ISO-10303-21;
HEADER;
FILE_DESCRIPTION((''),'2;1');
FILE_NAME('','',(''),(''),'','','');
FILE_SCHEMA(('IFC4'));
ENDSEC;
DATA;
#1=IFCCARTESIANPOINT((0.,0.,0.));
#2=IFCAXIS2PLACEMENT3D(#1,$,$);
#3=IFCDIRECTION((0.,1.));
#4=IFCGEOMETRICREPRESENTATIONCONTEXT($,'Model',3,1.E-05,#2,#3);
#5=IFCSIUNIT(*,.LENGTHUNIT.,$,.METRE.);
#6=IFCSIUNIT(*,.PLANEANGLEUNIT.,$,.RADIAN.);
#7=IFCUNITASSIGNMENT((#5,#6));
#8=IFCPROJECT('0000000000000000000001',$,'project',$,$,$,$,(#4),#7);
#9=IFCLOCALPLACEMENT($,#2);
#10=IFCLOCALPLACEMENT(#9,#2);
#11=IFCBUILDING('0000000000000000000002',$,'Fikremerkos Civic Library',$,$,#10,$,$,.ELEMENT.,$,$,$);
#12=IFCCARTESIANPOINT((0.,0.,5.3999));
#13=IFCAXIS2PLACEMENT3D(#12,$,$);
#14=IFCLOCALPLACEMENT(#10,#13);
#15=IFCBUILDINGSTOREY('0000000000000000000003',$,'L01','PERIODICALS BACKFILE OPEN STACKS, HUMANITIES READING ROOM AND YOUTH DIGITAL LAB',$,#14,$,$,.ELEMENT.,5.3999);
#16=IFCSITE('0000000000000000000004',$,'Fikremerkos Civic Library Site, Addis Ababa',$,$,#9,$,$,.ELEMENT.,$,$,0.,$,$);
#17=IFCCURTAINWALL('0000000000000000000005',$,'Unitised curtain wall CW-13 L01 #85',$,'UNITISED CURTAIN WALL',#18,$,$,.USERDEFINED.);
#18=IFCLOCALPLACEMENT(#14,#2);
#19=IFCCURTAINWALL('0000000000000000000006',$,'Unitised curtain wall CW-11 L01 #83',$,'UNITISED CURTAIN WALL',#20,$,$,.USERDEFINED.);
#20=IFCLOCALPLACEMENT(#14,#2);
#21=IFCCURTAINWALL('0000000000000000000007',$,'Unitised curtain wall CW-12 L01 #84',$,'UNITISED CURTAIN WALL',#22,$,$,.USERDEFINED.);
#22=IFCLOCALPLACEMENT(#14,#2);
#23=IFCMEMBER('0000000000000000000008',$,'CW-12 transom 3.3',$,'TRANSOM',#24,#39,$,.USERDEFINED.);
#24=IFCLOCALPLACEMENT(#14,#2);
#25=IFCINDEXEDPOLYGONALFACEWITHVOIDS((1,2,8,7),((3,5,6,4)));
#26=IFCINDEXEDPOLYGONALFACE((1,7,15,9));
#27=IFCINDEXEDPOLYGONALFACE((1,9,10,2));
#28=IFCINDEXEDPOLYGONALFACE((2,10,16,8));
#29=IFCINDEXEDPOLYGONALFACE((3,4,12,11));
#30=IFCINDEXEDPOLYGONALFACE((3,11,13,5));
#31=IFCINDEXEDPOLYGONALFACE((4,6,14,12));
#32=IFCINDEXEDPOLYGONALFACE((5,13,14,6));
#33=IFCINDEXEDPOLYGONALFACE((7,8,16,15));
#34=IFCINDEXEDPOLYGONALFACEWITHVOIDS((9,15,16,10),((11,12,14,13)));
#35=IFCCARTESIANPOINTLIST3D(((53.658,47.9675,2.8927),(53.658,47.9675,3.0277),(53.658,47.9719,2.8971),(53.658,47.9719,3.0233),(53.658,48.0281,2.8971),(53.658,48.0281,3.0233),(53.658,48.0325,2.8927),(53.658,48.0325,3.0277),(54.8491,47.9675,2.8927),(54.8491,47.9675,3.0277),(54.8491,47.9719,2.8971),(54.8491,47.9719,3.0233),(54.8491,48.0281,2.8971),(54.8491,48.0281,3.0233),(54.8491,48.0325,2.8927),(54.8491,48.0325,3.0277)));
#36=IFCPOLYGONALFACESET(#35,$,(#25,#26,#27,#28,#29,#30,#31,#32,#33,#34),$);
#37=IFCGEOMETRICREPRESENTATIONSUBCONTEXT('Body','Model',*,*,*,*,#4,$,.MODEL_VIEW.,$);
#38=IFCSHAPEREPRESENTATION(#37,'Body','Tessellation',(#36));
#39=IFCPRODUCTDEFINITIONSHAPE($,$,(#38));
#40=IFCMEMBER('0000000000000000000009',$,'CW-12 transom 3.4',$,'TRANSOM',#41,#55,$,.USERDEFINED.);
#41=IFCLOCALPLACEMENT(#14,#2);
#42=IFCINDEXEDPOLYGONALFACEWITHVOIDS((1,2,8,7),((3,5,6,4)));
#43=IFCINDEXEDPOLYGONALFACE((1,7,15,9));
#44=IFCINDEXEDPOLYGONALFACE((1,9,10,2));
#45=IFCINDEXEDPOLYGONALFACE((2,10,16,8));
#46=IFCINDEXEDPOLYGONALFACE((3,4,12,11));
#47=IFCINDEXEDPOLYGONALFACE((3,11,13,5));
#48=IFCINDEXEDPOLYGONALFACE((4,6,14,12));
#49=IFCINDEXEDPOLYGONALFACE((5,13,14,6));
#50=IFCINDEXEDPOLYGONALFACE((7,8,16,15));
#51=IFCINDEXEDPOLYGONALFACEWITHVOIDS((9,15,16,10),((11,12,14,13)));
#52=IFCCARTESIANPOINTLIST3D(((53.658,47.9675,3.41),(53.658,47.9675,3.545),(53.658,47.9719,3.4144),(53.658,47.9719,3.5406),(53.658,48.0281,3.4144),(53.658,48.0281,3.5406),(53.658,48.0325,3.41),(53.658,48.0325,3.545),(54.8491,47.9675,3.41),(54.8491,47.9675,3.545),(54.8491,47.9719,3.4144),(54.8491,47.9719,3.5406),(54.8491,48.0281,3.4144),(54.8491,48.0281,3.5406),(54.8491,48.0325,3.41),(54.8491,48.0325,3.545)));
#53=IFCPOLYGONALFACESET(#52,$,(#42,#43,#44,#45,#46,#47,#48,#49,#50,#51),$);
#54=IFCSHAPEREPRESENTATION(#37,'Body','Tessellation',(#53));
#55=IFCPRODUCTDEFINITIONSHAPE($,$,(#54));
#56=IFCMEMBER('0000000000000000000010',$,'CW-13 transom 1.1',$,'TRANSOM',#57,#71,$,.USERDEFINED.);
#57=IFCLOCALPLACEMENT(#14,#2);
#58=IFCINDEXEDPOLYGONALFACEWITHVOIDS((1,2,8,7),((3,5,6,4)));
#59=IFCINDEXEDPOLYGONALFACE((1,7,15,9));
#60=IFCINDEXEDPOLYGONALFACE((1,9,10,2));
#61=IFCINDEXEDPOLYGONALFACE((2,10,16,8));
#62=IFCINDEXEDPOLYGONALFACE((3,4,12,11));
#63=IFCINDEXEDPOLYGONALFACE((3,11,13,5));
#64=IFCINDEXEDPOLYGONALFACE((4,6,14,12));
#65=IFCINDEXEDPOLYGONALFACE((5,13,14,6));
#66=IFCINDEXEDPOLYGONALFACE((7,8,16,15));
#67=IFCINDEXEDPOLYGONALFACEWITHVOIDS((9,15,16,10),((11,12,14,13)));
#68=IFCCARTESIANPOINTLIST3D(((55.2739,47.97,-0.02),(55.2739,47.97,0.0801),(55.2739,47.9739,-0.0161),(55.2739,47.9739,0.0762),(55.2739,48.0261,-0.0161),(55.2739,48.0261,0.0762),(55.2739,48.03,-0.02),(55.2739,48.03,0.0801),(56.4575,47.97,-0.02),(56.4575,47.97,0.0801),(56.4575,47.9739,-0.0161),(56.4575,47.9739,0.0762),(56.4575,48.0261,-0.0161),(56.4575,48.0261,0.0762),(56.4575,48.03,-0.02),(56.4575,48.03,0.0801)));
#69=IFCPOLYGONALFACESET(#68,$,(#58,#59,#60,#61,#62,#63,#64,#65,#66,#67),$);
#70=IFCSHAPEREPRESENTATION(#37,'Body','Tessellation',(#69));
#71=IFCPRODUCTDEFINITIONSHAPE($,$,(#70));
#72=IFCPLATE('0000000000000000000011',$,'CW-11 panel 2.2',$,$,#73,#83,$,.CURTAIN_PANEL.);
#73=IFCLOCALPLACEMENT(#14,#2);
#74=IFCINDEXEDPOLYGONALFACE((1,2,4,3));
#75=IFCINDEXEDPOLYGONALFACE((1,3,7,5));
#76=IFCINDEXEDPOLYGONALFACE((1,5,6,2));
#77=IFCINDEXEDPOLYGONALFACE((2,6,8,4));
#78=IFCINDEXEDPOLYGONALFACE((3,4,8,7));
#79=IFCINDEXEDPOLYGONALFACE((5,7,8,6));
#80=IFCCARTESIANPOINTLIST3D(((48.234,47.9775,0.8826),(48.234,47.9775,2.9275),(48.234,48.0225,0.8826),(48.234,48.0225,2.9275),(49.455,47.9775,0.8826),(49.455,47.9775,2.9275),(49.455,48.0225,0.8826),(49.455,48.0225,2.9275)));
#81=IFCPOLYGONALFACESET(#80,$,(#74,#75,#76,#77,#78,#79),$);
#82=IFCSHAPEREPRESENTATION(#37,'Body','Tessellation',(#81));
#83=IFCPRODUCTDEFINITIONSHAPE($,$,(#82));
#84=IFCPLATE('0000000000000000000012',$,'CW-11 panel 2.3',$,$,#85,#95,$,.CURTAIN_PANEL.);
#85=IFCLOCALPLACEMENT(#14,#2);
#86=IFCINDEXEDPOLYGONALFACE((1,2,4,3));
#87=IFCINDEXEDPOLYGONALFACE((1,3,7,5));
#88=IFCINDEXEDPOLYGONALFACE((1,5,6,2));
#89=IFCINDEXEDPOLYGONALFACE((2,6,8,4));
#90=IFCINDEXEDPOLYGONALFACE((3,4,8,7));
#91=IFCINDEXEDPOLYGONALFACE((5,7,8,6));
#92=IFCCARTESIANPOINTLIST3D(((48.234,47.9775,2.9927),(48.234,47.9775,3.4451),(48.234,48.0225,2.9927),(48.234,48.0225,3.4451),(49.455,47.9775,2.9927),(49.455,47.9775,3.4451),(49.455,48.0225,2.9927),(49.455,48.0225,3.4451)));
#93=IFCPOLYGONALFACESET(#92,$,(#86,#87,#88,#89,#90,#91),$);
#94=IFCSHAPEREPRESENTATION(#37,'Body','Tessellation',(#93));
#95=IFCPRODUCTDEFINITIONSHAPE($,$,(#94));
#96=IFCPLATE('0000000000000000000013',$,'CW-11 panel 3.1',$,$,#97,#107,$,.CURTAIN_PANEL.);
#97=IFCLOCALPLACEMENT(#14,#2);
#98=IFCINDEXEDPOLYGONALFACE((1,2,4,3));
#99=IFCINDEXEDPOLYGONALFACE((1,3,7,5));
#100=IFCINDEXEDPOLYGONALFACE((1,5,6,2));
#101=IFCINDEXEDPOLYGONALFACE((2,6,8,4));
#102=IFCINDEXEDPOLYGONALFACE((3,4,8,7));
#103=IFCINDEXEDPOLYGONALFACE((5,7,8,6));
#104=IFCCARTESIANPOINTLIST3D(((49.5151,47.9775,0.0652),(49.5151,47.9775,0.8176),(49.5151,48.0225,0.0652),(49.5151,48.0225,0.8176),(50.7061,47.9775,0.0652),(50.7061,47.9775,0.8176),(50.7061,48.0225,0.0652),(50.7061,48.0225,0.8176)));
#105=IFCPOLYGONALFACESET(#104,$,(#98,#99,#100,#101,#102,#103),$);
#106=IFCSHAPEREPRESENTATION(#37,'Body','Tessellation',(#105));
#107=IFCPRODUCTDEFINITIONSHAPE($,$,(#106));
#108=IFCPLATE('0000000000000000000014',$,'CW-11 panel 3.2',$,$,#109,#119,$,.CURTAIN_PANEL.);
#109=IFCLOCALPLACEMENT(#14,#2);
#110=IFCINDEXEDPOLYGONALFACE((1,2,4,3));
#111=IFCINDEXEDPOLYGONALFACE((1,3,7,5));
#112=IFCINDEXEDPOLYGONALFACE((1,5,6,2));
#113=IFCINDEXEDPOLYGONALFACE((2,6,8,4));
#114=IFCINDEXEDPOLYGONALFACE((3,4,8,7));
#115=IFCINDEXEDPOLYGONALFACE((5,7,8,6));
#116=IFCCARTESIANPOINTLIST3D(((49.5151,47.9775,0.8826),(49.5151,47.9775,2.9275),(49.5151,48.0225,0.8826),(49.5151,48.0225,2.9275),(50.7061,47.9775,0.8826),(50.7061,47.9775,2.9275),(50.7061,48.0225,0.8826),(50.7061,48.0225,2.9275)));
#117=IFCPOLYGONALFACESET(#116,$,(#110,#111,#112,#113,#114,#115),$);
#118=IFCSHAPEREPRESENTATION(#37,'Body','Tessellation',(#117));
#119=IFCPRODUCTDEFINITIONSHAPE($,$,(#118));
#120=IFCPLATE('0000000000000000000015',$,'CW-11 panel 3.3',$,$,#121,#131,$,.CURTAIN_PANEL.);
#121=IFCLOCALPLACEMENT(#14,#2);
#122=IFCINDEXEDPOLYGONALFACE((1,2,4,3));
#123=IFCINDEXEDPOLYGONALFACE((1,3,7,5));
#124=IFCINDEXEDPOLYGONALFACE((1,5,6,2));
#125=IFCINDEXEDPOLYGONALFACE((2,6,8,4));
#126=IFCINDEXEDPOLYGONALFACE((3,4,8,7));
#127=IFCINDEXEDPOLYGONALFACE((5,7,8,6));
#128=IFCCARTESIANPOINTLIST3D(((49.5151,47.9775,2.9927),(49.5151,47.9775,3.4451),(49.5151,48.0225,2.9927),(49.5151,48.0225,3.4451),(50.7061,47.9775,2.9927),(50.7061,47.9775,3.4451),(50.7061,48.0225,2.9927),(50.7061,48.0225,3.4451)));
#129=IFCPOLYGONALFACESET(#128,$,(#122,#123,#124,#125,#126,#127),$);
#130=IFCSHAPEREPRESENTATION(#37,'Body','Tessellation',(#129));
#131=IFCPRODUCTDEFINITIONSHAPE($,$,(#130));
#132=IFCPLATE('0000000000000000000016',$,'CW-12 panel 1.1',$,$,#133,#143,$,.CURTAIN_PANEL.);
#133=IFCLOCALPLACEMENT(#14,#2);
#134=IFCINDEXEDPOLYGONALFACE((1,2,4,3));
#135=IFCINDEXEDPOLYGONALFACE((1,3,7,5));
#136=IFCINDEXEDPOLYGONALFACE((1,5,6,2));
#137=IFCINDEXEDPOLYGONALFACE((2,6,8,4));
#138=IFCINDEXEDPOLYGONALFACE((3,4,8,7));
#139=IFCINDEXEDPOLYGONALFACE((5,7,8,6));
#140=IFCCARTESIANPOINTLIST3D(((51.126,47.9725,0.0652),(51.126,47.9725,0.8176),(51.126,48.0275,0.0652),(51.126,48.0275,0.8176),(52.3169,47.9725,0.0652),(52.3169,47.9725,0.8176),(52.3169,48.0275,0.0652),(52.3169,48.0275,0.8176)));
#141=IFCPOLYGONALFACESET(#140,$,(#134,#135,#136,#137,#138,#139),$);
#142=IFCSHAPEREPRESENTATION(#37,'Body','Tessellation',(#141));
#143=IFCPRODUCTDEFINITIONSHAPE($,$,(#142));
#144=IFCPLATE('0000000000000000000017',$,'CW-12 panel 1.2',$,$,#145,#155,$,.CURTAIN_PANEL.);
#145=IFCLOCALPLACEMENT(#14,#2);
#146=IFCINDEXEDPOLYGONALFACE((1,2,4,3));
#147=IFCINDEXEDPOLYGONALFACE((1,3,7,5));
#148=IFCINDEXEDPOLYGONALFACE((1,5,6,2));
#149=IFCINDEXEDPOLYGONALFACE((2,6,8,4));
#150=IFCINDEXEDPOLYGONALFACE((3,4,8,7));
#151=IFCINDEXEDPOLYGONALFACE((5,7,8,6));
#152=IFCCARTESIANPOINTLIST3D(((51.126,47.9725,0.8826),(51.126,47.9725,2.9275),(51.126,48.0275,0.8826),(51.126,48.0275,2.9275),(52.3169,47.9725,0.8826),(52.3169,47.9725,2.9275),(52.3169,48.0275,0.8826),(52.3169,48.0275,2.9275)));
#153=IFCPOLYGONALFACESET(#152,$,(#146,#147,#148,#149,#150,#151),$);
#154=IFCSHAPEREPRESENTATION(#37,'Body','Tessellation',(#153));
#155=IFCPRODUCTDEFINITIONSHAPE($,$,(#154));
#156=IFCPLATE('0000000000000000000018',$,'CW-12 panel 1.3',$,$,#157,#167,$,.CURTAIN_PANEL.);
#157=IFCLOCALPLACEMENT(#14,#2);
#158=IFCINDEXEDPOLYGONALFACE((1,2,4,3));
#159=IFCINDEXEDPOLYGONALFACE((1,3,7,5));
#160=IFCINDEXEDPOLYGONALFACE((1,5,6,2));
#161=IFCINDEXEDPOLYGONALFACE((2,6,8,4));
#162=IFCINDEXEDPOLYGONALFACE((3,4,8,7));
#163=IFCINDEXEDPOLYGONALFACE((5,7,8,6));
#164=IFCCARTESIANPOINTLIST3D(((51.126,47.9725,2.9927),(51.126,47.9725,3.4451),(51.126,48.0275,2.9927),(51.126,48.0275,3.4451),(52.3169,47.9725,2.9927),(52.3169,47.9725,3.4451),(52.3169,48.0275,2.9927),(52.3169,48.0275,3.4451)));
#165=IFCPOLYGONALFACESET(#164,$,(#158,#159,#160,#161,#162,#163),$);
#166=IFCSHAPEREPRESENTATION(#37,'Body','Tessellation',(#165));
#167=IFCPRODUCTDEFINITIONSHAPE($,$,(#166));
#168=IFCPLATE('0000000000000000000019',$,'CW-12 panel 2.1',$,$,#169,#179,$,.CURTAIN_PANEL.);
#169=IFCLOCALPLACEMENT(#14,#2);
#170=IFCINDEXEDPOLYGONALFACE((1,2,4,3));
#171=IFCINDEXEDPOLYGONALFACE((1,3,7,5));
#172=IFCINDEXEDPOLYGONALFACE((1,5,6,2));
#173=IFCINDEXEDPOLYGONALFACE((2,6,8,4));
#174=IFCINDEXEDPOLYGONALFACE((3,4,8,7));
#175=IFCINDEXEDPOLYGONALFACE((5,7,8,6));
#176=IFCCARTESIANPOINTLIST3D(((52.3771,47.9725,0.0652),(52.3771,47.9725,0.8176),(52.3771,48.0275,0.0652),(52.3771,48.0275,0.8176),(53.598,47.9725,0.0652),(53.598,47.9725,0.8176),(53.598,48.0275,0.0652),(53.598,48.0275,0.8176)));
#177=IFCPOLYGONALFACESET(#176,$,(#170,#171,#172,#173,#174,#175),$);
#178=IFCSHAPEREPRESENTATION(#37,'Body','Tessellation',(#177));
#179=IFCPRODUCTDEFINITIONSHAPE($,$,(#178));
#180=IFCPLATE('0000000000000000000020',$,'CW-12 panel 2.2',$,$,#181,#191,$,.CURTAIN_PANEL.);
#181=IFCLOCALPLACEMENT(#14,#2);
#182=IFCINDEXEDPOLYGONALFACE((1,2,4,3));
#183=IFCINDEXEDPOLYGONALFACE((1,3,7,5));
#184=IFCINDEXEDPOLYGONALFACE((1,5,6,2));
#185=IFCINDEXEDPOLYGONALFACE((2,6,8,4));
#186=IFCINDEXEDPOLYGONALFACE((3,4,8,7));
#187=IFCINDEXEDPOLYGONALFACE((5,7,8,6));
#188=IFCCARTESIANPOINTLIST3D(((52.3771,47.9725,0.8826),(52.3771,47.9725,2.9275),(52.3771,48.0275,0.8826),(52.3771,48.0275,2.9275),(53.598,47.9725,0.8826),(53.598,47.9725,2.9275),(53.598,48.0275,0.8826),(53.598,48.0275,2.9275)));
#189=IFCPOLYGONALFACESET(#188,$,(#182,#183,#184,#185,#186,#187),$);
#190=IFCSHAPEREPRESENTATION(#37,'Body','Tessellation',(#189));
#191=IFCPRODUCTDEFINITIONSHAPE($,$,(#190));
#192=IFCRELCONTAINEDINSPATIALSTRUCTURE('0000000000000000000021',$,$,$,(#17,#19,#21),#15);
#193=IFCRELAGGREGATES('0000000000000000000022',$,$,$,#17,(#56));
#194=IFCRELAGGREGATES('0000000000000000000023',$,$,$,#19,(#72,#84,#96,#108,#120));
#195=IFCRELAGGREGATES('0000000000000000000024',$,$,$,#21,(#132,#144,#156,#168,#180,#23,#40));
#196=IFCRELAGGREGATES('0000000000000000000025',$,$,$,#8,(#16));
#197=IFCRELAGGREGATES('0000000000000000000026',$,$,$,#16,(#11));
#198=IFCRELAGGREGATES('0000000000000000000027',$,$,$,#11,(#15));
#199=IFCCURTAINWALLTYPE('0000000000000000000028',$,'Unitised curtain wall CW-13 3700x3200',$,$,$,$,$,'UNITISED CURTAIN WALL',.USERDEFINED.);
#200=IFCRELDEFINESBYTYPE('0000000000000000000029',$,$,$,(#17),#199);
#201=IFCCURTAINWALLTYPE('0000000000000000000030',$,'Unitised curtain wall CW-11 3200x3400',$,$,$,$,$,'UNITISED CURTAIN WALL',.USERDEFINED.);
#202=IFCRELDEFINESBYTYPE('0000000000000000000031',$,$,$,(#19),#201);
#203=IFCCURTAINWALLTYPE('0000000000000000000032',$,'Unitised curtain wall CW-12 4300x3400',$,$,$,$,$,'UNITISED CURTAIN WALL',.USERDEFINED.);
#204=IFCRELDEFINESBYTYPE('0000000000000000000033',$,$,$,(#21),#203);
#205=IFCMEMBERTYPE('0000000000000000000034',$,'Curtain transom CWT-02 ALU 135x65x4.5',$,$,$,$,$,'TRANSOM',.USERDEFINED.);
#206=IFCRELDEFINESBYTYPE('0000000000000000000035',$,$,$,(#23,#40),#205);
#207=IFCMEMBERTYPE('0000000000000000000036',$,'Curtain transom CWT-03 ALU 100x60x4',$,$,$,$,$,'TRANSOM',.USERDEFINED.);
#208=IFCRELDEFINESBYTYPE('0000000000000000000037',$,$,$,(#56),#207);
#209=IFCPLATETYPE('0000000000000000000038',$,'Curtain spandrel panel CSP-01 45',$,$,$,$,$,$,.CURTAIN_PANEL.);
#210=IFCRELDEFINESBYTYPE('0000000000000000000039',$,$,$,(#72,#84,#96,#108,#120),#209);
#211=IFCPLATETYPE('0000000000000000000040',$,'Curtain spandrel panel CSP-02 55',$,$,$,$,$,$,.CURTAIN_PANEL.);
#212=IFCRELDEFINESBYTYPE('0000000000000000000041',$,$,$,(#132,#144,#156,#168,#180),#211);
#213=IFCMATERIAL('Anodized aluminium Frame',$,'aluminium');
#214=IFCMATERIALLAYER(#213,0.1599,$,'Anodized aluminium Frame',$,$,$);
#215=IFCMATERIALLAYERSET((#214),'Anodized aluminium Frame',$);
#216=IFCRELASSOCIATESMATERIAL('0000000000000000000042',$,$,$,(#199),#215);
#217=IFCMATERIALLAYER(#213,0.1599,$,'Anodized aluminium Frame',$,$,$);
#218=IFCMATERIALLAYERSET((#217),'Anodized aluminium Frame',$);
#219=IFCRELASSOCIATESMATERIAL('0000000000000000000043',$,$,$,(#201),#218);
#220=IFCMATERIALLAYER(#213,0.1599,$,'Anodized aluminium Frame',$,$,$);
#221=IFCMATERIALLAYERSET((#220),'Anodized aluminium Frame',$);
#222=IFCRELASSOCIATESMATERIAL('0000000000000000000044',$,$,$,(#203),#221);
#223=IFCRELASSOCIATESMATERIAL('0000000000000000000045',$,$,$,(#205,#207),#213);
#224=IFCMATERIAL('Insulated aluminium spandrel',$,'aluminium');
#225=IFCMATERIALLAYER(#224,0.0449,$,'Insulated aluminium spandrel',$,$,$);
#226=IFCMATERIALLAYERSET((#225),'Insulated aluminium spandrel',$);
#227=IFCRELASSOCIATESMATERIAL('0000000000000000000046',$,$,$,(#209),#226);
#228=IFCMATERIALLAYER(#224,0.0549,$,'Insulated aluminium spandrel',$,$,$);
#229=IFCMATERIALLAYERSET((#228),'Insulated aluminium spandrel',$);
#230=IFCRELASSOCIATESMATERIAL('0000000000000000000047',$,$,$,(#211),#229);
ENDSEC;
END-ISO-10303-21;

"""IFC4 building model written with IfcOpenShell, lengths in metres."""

from ifc_helpers import new_model, si_unit, direction, frame, origin, origin_2d, place, context, subcontext, project, spatial, rectangle, hollow_rectangle, extrude, material, layer, layer_set, material_profile, profile_set, type_object, element, aggregate, save


model = new_model("IFC4")

# Units and contexts
model_context = context("Model", 3, precision=1e-05, world=origin(), true_north=direction((0.0, 1.0)))
body_context = subcontext(model_context, "Body", "Model", "MODEL_VIEW")
ifc_project = project(units=[si_unit("LENGTHUNIT", "METRE"), si_unit("PLANEANGLEUNIT", "RADIAN")], contexts=[model_context])

# Site, building, storey
site_placement = place(None, origin())
site = spatial("IfcSite", under=ifc_project, at=site_placement, Name="Fikremerkos Civic Library Site, Addis Ababa", CompositionType="ELEMENT", RefElevation=0.0)
building_placement = place(site_placement, origin())
building = spatial("IfcBuilding", under=site, at=building_placement, Name="Fikremerkos Civic Library", CompositionType="ELEMENT")
storey_placement = place(building_placement, frame((0.0, 0.0, 5.3999)))
storey = spatial("IfcBuildingStorey", under=building, at=storey_placement, Name="L01", Description="PERIODICALS BACKFILE OPEN STACKS, HUMANITIES READING ROOM AND YOUTH DIGITAL LAB", CompositionType="ELEMENT", Elevation=5.3999)

# Curtain wall
ifc_material_1 = material(Name="Anodized aluminium Frame", Category="aluminium")
ifc_layer_1 = layer(ifc_material_1, 0.1599, Name="Anodized aluminium Frame")
ifc_layer_set_1 = layer_set([ifc_layer_1], Name="Anodized aluminium Frame")
curtain_wall_type_1 = type_object("IfcCurtainWallType", Name="Unitised curtain wall CW-13 3700x3200", ElementType="UNITISED CURTAIN WALL", PredefinedType="USERDEFINED", material=ifc_layer_set_1)
curtain_wall_1_placement = place(storey_placement, origin())
curtain_wall_1 = element("IfcCurtainWall", 1, at=curtain_wall_1_placement, inside=storey, type_object=curtain_wall_type_1, Name="Unitised curtain wall CW-13 L01 #85", ObjectType="UNITISED CURTAIN WALL", PredefinedType="USERDEFINED")

# Curtain walls
ifc_layer_2 = layer(ifc_material_1, 0.1599, Name="Anodized aluminium Frame")
ifc_layer_set_2 = layer_set([ifc_layer_2], Name="Anodized aluminium Frame")
curtain_wall_type_2 = type_object("IfcCurtainWallType", Name="Unitised curtain wall CW-11 3200x3400", ElementType="UNITISED CURTAIN WALL", PredefinedType="USERDEFINED", material=ifc_layer_set_2)
curtain_wall_2_placement = place(storey_placement, origin())
curtain_wall_2 = element("IfcCurtainWall", 2, at=curtain_wall_2_placement, inside=storey, type_object=curtain_wall_type_2, Name="Unitised curtain wall CW-11 L01 #83", ObjectType="UNITISED CURTAIN WALL", PredefinedType="USERDEFINED")
ifc_layer_3 = layer(ifc_material_1, 0.1599, Name="Anodized aluminium Frame")
ifc_layer_set_3 = layer_set([ifc_layer_3], Name="Anodized aluminium Frame")
curtain_wall_type_3 = type_object("IfcCurtainWallType", Name="Unitised curtain wall CW-12 4300x3400", ElementType="UNITISED CURTAIN WALL", PredefinedType="USERDEFINED", material=ifc_layer_set_3)
curtain_wall_3_placement = place(storey_placement, origin())
curtain_wall_3 = element("IfcCurtainWall", 3, at=curtain_wall_3_placement, inside=storey, type_object=curtain_wall_type_3, Name="Unitised curtain wall CW-12 L01 #84", ObjectType="UNITISED CURTAIN WALL", PredefinedType="USERDEFINED")

# Members
ifc_material_profile_1 = material_profile(ifc_material_1, hollow_rectangle(XDim=0.0649, YDim=0.135, WallThickness=0.0044, at=origin_2d()), Name="ALU 135x65x4.5")
ifc_profile_set_1 = profile_set([ifc_material_profile_1], Name="Anodized aluminium Frame")
member_type_1 = type_object("IfcMemberType", Name="Curtain transom CWT-02 ALU 135x65x4.5", ElementType="TRANSOM", PredefinedType="USERDEFINED", material=ifc_profile_set_1)
member_1_placement = place(storey_placement, frame((53.658, 48.0, 2.9602), z_axis=(1.0, 0.0, 0.0), x_axis=(0.0, 1.0, 0.0)))
member_1 = element("IfcMember", 4, at=member_1_placement, type_object=member_type_1, Name="CW-12 transom 3.3", ObjectType="TRANSOM", PredefinedType="USERDEFINED", context=body_context, shape_type="SweptSolid", body=[
    extrude(hollow_rectangle(XDim=0.0649, YDim=0.135, WallThickness=0.0044, at=origin_2d()), origin(), (0.0, 0.0, 1.0), 1.1912),
])
member_2_placement = place(storey_placement, frame((53.658, 48.0, 3.4775), z_axis=(1.0, 0.0, 0.0), x_axis=(0.0, 1.0, 0.0)))
member_2 = element("IfcMember", 5, at=member_2_placement, type_object=member_type_1, Name="CW-12 transom 3.4", ObjectType="TRANSOM", PredefinedType="USERDEFINED", context=body_context, shape_type="SweptSolid", body=[
    extrude(hollow_rectangle(XDim=0.0649, YDim=0.135, WallThickness=0.0044, at=origin_2d()), origin(), (0.0, 0.0, 1.0), 1.1912),
])
ifc_material_profile_2 = material_profile(ifc_material_1, hollow_rectangle(XDim=0.0601, YDim=0.1001, WallThickness=0.0039, at=origin_2d()), Name="ALU 100x60x4")
ifc_profile_set_2 = profile_set([ifc_material_profile_2], Name="Anodized aluminium Frame")
member_type_2 = type_object("IfcMemberType", Name="Curtain transom CWT-03 ALU 100x60x4", ElementType="TRANSOM", PredefinedType="USERDEFINED", material=ifc_profile_set_2)
member_3_placement = place(storey_placement, frame((55.2739, 48.0, 0.03), z_axis=(1.0, 0.0, 0.0), x_axis=(0.0, 1.0, 0.0)))
member_3 = element("IfcMember", 6, at=member_3_placement, type_object=member_type_2, Name="CW-13 transom 1.1", ObjectType="TRANSOM", PredefinedType="USERDEFINED", context=body_context, shape_type="SweptSolid", body=[
    extrude(hollow_rectangle(XDim=0.0601, YDim=0.1001, WallThickness=0.0039, at=origin_2d()), origin(), (0.0, 0.0, 1.0), 1.1836),
])
aggregate(curtain_wall_1, [member_3])

# Plates
ifc_material_2 = material(Name="Insulated aluminium spandrel", Category="aluminium")
ifc_layer_4 = layer(ifc_material_2, 0.0449, Name="Insulated aluminium spandrel")
ifc_layer_set_4 = layer_set([ifc_layer_4], Name="Insulated aluminium spandrel")
plate_type_1 = type_object("IfcPlateType", Name="Curtain spandrel panel CSP-01 45", PredefinedType="CURTAIN_PANEL", material=ifc_layer_set_4)
plate_1_placement = place(storey_placement, frame((48.8445, 48.0, 0.8826), z_axis=(0.0, 0.0, 1.0), x_axis=(1.0, 0.0, 0.0)))
plate_1 = element("IfcPlate", 7, at=plate_1_placement, type_object=plate_type_1, Name="CW-11 panel 2.2", PredefinedType="CURTAIN_PANEL", context=body_context, shape_type="SweptSolid", body=[
    extrude(rectangle(XDim=1.2209, YDim=0.0449, at=origin_2d()), origin(), (0.0, 0.0, 1.0), 2.0449),
])
plate_2_placement = place(storey_placement, frame((48.8445, 48.0, 2.9927), z_axis=(0.0, 0.0, 1.0), x_axis=(1.0, 0.0, 0.0)))
plate_2 = element("IfcPlate", 8, at=plate_2_placement, type_object=plate_type_1, Name="CW-11 panel 2.3", PredefinedType="CURTAIN_PANEL", context=body_context, shape_type="SweptSolid", body=[
    extrude(rectangle(XDim=1.2209, YDim=0.0449, at=origin_2d()), origin(), (0.0, 0.0, 1.0), 0.4524),
])
plate_3_placement = place(storey_placement, frame((50.1106, 48.0, 0.0652), z_axis=(0.0, 0.0, 1.0), x_axis=(1.0, 0.0, 0.0)))
plate_3 = element("IfcPlate", 9, at=plate_3_placement, type_object=plate_type_1, Name="CW-11 panel 3.1", PredefinedType="CURTAIN_PANEL", context=body_context, shape_type="SweptSolid", body=[
    extrude(rectangle(XDim=1.1909, YDim=0.0449, at=origin_2d()), origin(), (0.0, 0.0, 1.0), 0.7524),
])
plate_4_placement = place(storey_placement, frame((50.1106, 48.0, 0.8826), z_axis=(0.0, 0.0, 1.0), x_axis=(1.0, 0.0, 0.0)))
plate_4 = element("IfcPlate", 10, at=plate_4_placement, type_object=plate_type_1, Name="CW-11 panel 3.2", PredefinedType="CURTAIN_PANEL", context=body_context, shape_type="SweptSolid", body=[
    extrude(rectangle(XDim=1.1909, YDim=0.0449, at=origin_2d()), origin(), (0.0, 0.0, 1.0), 2.0449),
])
plate_5_placement = place(storey_placement, frame((50.1106, 48.0, 2.9927), z_axis=(0.0, 0.0, 1.0), x_axis=(1.0, 0.0, 0.0)))
plate_5 = element("IfcPlate", 11, at=plate_5_placement, type_object=plate_type_1, Name="CW-11 panel 3.3", PredefinedType="CURTAIN_PANEL", context=body_context, shape_type="SweptSolid", body=[
    extrude(rectangle(XDim=1.1909, YDim=0.0449, at=origin_2d()), origin(), (0.0, 0.0, 1.0), 0.4524),
])
aggregate(curtain_wall_2, [plate_1, plate_2, plate_3, plate_4, plate_5])
ifc_layer_5 = layer(ifc_material_2, 0.0549, Name="Insulated aluminium spandrel")
ifc_layer_set_5 = layer_set([ifc_layer_5], Name="Insulated aluminium spandrel")
plate_type_2 = type_object("IfcPlateType", Name="Curtain spandrel panel CSP-02 55", PredefinedType="CURTAIN_PANEL", material=ifc_layer_set_5)
plate_6_placement = place(storey_placement, frame((51.7214, 48.0, 0.0652), z_axis=(0.0, 0.0, 1.0), x_axis=(1.0, 0.0, 0.0)))
plate_6 = element("IfcPlate", 12, at=plate_6_placement, type_object=plate_type_2, Name="CW-12 panel 1.1", PredefinedType="CURTAIN_PANEL", context=body_context, shape_type="SweptSolid", body=[
    extrude(rectangle(XDim=1.1909, YDim=0.0549, at=origin_2d()), origin(), (0.0, 0.0, 1.0), 0.7524),
])
plate_7_placement = place(storey_placement, frame((51.7214, 48.0, 0.8826), z_axis=(0.0, 0.0, 1.0), x_axis=(1.0, 0.0, 0.0)))
plate_7 = element("IfcPlate", 13, at=plate_7_placement, type_object=plate_type_2, Name="CW-12 panel 1.2", PredefinedType="CURTAIN_PANEL", context=body_context, shape_type="SweptSolid", body=[
    extrude(rectangle(XDim=1.1909, YDim=0.0549, at=origin_2d()), origin(), (0.0, 0.0, 1.0), 2.0449),
])
plate_8_placement = place(storey_placement, frame((51.7214, 48.0, 2.9927), z_axis=(0.0, 0.0, 1.0), x_axis=(1.0, 0.0, 0.0)))
plate_8 = element("IfcPlate", 14, at=plate_8_placement, type_object=plate_type_2, Name="CW-12 panel 1.3", PredefinedType="CURTAIN_PANEL", context=body_context, shape_type="SweptSolid", body=[
    extrude(rectangle(XDim=1.1909, YDim=0.0549, at=origin_2d()), origin(), (0.0, 0.0, 1.0), 0.4524),
])
plate_9_placement = place(storey_placement, frame((52.9875, 48.0, 0.0652), z_axis=(0.0, 0.0, 1.0), x_axis=(1.0, 0.0, 0.0)))
plate_9 = element("IfcPlate", 15, at=plate_9_placement, type_object=plate_type_2, Name="CW-12 panel 2.1", PredefinedType="CURTAIN_PANEL", context=body_context, shape_type="SweptSolid", body=[
    extrude(rectangle(XDim=1.2209, YDim=0.0549, at=origin_2d()), origin(), (0.0, 0.0, 1.0), 0.7524),
])
plate_10_placement = place(storey_placement, frame((52.9875, 48.0, 0.8826), z_axis=(0.0, 0.0, 1.0), x_axis=(1.0, 0.0, 0.0)))
plate_10 = element("IfcPlate", 16, at=plate_10_placement, type_object=plate_type_2, Name="CW-12 panel 2.2", PredefinedType="CURTAIN_PANEL", context=body_context, shape_type="SweptSolid", body=[
    extrude(rectangle(XDim=1.2209, YDim=0.0549, at=origin_2d()), origin(), (0.0, 0.0, 1.0), 2.0449),
])
aggregate(curtain_wall_3, [plate_6, plate_7, plate_8, plate_9, plate_10, member_1, member_2])

save(model, "model.ifc")
